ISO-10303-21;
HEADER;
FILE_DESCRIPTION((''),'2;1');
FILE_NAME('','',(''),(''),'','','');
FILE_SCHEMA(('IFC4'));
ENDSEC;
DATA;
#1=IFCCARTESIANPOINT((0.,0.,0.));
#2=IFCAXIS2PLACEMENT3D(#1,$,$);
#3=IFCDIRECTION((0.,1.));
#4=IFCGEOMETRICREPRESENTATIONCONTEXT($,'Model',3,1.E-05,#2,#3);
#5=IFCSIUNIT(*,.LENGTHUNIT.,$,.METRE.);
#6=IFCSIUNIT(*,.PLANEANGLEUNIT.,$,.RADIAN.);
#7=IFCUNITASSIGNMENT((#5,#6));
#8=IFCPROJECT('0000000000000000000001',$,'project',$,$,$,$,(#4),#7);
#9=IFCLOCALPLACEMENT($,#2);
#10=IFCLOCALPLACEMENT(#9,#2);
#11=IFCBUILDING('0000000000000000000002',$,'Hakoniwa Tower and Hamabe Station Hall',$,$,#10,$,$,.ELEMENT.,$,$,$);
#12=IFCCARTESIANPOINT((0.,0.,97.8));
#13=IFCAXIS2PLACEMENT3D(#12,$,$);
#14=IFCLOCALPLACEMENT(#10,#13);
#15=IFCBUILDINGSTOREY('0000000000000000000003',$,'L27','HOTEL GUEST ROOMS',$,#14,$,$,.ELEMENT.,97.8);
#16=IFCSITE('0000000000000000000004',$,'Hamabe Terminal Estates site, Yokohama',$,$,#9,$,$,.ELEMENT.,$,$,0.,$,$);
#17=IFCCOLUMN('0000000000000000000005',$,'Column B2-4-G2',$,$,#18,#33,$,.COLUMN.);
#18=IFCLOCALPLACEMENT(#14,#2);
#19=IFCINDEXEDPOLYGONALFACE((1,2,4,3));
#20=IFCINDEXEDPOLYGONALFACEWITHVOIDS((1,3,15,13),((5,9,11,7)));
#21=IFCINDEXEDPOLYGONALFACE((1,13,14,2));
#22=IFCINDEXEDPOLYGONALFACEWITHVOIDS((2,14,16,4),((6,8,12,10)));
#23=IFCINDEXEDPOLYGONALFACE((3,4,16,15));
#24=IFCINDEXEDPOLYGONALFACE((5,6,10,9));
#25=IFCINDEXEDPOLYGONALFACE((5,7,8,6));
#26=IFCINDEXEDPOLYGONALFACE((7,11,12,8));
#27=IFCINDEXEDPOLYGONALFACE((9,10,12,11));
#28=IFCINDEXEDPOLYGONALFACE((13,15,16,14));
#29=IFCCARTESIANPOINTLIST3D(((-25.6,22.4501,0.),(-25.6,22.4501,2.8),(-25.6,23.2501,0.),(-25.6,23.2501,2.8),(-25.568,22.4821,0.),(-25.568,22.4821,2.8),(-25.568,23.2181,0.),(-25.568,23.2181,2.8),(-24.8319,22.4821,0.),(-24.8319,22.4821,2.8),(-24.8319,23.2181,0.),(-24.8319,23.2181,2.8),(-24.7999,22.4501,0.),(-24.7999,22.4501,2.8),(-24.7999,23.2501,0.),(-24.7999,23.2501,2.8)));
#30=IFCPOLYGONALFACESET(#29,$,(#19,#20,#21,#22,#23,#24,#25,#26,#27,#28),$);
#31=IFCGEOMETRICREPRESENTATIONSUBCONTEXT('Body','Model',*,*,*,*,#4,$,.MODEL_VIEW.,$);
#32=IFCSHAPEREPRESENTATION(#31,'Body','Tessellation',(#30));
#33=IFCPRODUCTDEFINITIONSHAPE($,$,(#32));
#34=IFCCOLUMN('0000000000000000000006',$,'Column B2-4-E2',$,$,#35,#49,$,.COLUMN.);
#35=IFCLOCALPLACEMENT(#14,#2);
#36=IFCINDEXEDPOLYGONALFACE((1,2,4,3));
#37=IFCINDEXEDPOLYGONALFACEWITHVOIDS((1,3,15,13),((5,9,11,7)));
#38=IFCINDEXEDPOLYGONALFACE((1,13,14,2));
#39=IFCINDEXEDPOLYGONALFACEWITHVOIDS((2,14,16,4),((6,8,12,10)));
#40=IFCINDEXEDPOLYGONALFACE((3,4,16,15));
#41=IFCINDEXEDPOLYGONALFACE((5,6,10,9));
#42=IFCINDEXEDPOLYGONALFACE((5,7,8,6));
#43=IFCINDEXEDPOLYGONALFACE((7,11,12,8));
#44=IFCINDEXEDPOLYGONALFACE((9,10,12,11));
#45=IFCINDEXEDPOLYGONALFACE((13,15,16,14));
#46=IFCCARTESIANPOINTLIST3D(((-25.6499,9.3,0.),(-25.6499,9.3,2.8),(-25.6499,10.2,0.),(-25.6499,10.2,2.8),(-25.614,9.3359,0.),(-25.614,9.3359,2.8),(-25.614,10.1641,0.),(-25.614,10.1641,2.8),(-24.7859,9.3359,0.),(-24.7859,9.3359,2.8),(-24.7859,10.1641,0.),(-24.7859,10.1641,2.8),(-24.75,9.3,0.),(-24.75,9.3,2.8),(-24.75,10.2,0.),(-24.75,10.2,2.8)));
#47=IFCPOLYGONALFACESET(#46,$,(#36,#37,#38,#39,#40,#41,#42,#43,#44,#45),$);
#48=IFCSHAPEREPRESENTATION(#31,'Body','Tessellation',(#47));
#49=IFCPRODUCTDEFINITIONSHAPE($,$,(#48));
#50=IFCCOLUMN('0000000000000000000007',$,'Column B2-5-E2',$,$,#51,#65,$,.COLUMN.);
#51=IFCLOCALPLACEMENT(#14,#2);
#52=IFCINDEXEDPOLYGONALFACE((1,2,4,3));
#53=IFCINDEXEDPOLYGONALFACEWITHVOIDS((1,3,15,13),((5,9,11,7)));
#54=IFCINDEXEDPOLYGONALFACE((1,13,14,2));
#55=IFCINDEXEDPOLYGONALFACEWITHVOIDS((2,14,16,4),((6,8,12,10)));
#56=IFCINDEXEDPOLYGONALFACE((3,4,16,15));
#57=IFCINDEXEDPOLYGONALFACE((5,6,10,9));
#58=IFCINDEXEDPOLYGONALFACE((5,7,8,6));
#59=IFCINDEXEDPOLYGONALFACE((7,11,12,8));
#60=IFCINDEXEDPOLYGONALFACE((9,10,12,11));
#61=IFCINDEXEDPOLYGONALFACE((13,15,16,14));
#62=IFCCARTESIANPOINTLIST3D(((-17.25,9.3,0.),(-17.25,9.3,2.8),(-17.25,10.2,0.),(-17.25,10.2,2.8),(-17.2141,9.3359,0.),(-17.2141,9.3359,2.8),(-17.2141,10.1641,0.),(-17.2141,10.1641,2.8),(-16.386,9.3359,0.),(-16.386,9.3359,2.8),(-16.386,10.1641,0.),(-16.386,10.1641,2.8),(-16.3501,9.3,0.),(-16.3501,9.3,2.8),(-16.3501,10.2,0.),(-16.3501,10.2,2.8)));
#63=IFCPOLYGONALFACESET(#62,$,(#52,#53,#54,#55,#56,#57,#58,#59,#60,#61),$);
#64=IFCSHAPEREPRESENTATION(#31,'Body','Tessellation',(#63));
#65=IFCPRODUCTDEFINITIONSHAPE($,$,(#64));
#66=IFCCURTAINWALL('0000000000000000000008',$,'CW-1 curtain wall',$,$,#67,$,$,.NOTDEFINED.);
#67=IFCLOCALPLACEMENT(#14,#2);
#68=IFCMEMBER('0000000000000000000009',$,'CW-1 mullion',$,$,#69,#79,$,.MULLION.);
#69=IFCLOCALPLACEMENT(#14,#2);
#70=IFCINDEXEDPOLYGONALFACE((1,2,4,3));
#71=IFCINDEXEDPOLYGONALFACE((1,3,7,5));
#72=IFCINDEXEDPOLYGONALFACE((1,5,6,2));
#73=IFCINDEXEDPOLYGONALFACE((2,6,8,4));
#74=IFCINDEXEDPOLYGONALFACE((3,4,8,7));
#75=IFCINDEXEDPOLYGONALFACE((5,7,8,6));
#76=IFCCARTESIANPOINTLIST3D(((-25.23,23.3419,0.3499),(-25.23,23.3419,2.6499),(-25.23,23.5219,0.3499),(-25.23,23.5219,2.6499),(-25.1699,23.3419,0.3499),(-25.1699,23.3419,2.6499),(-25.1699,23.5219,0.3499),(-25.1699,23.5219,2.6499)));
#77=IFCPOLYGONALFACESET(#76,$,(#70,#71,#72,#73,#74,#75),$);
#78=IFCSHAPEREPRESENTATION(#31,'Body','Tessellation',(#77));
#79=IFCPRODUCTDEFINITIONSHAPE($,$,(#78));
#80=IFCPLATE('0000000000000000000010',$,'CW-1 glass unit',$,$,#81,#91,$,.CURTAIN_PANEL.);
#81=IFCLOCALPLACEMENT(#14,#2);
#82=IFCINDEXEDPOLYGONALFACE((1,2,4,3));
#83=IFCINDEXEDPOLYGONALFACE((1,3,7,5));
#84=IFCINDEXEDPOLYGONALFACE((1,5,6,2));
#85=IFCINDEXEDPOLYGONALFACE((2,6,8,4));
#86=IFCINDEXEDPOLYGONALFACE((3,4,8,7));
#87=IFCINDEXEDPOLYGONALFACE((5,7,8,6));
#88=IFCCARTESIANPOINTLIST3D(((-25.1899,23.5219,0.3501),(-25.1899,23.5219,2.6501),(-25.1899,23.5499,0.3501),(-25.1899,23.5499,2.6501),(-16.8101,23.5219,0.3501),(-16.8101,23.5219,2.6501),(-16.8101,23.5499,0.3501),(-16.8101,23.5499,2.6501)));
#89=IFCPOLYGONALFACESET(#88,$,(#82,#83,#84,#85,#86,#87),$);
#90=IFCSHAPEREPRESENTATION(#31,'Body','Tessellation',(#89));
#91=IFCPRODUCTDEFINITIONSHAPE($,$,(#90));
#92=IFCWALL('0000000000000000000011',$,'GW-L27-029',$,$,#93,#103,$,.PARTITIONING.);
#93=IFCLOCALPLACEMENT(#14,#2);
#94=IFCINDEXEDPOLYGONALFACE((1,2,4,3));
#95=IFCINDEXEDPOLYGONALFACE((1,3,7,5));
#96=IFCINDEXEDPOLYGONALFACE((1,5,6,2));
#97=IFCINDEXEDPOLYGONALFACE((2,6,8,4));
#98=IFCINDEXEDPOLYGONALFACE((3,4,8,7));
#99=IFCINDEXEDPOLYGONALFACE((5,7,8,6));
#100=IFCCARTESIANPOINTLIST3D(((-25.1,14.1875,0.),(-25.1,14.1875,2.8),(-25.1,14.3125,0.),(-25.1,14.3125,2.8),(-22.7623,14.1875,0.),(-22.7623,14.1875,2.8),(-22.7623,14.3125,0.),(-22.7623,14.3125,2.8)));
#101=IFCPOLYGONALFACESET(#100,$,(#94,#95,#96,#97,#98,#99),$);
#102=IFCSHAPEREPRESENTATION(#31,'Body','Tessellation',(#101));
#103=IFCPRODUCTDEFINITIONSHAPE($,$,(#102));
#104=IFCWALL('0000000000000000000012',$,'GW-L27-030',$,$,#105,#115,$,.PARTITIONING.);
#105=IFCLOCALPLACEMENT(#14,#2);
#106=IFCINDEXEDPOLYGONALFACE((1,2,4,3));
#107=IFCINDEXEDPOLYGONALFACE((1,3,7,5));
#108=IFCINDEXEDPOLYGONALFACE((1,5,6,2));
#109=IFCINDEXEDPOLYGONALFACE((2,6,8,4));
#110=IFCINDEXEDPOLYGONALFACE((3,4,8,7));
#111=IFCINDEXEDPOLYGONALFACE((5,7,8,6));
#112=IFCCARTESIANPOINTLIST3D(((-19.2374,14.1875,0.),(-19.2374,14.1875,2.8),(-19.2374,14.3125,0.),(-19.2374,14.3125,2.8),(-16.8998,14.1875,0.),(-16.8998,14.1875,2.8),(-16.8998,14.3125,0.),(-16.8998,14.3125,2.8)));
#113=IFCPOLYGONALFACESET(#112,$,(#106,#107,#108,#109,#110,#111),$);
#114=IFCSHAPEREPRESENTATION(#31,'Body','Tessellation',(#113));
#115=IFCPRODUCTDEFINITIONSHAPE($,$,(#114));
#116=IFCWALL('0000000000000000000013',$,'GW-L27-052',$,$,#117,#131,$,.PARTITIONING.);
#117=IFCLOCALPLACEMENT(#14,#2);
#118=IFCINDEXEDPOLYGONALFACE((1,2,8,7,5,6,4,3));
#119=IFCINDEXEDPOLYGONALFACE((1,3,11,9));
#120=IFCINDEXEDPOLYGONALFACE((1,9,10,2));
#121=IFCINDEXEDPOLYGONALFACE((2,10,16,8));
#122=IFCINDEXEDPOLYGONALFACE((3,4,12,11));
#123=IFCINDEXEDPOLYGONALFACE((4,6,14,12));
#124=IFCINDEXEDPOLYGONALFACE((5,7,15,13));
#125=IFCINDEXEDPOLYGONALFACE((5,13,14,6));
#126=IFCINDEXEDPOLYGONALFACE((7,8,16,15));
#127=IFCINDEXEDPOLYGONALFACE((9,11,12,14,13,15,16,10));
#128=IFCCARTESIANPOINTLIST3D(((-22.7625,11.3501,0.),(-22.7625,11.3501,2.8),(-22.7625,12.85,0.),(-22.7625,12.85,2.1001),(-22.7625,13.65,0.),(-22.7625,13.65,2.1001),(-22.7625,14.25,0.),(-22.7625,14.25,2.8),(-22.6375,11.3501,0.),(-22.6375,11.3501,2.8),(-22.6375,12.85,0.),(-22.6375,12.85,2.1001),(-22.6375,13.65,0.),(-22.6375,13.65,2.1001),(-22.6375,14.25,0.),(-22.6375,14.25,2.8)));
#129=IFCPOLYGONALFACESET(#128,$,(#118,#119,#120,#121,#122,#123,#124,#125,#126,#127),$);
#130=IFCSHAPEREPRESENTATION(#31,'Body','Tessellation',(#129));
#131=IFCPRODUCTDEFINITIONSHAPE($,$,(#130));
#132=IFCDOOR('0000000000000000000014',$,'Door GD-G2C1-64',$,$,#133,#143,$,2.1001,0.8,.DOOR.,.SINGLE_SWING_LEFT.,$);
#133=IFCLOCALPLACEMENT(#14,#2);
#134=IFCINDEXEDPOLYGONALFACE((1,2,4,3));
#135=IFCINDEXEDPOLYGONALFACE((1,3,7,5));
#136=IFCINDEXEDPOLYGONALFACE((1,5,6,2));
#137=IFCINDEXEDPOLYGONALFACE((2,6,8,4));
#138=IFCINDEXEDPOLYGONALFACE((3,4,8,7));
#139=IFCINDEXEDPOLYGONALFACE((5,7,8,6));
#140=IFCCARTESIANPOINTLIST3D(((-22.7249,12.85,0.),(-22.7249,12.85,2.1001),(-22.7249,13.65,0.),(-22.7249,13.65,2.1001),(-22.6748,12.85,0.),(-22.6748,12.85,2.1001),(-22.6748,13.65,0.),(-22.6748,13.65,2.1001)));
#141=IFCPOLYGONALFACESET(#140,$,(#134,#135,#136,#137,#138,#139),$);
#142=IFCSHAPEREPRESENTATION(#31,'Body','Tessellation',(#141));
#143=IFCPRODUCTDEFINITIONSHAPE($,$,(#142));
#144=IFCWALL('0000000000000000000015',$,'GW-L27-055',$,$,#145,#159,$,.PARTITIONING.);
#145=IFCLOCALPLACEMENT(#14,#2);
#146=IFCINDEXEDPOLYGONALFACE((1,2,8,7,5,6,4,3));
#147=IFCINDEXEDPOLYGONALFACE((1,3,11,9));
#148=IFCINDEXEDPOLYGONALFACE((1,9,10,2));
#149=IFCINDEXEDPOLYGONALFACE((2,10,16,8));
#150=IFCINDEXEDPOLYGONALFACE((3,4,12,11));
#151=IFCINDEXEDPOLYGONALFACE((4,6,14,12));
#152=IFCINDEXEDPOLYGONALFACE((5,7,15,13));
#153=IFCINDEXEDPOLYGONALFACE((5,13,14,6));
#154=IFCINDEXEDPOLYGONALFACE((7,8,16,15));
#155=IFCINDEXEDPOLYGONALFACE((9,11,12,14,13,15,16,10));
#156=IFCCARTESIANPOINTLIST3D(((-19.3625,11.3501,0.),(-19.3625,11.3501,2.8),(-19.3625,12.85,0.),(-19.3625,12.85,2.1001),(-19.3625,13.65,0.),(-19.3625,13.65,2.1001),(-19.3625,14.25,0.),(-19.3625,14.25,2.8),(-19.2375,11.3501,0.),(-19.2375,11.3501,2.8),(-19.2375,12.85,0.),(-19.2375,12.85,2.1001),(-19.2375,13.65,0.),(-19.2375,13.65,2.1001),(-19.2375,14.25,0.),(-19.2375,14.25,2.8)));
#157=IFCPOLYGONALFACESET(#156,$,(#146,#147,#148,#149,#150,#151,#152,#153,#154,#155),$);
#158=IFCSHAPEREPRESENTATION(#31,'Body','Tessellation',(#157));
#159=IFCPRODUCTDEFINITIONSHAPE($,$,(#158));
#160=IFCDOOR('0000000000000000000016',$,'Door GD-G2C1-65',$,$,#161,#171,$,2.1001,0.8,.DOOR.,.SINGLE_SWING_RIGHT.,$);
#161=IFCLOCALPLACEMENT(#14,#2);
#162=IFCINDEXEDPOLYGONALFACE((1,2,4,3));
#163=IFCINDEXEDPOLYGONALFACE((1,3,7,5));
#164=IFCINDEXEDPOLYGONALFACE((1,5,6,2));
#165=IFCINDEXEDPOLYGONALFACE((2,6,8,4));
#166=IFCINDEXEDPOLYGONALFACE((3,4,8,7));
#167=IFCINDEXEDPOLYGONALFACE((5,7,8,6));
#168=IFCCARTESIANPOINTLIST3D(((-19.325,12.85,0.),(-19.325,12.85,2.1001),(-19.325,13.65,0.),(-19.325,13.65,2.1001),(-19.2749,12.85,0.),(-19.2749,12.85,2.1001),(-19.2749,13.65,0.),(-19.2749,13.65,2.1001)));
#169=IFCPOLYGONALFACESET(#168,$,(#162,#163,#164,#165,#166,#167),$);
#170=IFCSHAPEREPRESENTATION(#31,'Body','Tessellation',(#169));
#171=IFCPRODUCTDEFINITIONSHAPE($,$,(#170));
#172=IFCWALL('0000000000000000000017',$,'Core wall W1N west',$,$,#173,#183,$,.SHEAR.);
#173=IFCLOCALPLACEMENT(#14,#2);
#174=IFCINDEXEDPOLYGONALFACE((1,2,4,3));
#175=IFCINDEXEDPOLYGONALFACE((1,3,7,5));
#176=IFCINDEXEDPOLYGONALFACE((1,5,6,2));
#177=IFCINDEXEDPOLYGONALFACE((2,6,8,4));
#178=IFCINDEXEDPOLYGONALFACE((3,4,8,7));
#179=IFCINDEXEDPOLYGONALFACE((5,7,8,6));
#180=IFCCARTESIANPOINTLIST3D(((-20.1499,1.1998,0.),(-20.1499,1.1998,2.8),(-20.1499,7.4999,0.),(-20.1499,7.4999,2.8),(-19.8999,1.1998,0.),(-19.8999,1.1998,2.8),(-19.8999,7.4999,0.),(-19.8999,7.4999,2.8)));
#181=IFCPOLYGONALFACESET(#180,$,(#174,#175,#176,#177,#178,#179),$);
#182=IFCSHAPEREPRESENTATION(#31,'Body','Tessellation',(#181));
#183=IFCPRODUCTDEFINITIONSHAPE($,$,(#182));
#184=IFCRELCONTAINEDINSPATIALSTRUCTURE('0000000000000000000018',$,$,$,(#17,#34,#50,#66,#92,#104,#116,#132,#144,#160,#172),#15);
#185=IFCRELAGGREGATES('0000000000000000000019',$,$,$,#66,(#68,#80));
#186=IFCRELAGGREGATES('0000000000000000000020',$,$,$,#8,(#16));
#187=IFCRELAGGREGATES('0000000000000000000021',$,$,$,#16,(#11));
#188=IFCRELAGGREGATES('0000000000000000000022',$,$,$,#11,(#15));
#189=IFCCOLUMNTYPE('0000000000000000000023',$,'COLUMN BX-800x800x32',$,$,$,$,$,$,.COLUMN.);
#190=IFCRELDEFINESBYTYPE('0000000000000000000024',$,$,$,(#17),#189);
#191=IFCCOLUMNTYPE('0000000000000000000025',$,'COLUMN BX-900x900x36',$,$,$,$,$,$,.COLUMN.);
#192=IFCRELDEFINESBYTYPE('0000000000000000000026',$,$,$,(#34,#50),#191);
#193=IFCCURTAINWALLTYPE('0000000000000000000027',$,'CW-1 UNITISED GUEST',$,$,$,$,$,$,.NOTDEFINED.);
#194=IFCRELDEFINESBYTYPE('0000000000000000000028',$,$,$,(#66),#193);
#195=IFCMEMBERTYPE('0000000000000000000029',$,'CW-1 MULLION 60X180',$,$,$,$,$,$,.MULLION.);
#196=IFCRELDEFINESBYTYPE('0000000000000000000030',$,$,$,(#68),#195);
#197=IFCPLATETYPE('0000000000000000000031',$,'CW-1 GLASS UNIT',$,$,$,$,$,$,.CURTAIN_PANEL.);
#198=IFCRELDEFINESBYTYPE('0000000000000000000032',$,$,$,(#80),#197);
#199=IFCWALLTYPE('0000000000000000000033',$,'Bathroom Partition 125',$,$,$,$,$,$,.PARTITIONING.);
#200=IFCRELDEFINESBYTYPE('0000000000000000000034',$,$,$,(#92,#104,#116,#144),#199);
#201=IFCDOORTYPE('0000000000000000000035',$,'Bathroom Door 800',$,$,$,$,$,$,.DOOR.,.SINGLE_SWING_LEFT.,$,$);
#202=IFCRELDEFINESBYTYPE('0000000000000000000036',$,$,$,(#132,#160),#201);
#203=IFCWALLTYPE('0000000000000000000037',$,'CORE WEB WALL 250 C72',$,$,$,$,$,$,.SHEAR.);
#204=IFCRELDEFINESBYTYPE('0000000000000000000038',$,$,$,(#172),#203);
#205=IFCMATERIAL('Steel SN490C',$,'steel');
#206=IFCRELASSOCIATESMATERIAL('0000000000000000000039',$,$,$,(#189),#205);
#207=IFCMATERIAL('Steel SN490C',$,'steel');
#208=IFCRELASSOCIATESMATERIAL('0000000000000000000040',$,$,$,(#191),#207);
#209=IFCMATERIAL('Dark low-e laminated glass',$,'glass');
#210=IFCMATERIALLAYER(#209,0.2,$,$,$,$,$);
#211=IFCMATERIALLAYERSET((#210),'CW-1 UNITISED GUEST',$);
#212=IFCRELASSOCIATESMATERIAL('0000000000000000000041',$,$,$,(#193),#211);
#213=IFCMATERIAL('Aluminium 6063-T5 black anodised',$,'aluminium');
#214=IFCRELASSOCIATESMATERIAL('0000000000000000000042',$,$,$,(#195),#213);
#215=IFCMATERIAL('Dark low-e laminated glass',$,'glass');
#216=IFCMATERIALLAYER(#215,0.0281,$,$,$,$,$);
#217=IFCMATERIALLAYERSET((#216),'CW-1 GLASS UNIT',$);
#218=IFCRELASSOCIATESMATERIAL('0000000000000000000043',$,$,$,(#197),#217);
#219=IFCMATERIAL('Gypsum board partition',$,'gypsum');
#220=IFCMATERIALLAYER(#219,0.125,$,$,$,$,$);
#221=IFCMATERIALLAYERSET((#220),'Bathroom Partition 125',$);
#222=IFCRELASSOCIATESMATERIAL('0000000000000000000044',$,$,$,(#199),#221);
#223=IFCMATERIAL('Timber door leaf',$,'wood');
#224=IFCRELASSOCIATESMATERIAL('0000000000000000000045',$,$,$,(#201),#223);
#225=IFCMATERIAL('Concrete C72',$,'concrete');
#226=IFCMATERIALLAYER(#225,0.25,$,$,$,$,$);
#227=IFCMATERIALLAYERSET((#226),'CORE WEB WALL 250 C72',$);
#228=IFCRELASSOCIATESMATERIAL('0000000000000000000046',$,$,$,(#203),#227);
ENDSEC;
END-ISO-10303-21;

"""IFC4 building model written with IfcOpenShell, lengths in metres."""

from ifc_helpers import new_model, si_unit, direction, frame, frame_2d, origin, origin_2d, place, context, subcontext, project, spatial, rectangle, hollow_rectangle, extrude, material, layer, layer_set, material_profile, profile_set, type_object, element, fill, aggregate, save


model = new_model("IFC4")

# Units and contexts
model_context = context("Model", 3, precision=1e-05, world=origin(), true_north=direction((0.0, 1.0)))
body_context = subcontext(model_context, "Body", "Model", "MODEL_VIEW")
ifc_project = project(units=[si_unit("LENGTHUNIT", "METRE"), si_unit("PLANEANGLEUNIT", "RADIAN")], contexts=[model_context])

# Site, building, storey
site_placement = place(None, origin())
site = spatial("IfcSite", under=ifc_project, at=site_placement, Name="Hamabe Terminal Estates site, Yokohama", CompositionType="ELEMENT", RefElevation=0.0)
building_placement = place(site_placement, origin())
building = spatial("IfcBuilding", under=site, at=building_placement, Name="Hakoniwa Tower and Hamabe Station Hall", CompositionType="ELEMENT")
storey_placement = place(building_placement, frame((0.0, 0.0, 97.8)))
storey = spatial("IfcBuildingStorey", under=building, at=storey_placement, Name="L27", Description="HOTEL GUEST ROOMS", CompositionType="ELEMENT", Elevation=97.8)

# Columns
ifc_material_1 = material(Name="Steel SN490C", Category="steel")
ifc_material_profile_1 = material_profile(ifc_material_1, hollow_rectangle(XDim=0.8, YDim=0.8, WallThickness=0.032, at=origin_2d()), Name="BX-800x800x32")
ifc_profile_set_1 = profile_set([ifc_material_profile_1], Name="Steel SN490C")
column_type_1 = type_object("IfcColumnType", Name="COLUMN BX-800x800x32", PredefinedType="COLUMN", material=ifc_profile_set_1)
column_placement = place(storey_placement, frame((-25.2, 22.8501, 0.0), z_axis=(0.0, 0.0, 1.0), x_axis=(1.0, 0.0, 0.0)))
element("IfcColumn", 1, at=column_placement, inside=storey, type_object=column_type_1, Name="Column B2-4-G2", PredefinedType="COLUMN", context=body_context, shape_type="SweptSolid", body=[
    extrude(hollow_rectangle(XDim=0.8, YDim=0.8, WallThickness=0.032, at=origin_2d()), origin(), (0.0, 0.0, 1.0), 2.8),
])
ifc_material_2 = material(Name="Steel SN490C", Category="steel")
ifc_material_profile_2 = material_profile(ifc_material_2, hollow_rectangle(XDim=0.8999, YDim=0.8999, WallThickness=0.0359, at=origin_2d()), Name="BX-900x900x36")
ifc_profile_set_2 = profile_set([ifc_material_profile_2], Name="Steel SN490C")
column_type_2 = type_object("IfcColumnType", Name="COLUMN BX-900x900x36", PredefinedType="COLUMN", material=ifc_profile_set_2)
for number, where, z_axis, x_axis, name in (
    (2, (-25.2, 9.75, 0.0), (0.0, 0.0, 1.0), (1.0, 0.0, 0.0), "Column B2-4-E2"),
    (3, (-16.8, 9.75, 0.0), (0.0, 0.0, 1.0), (1.0, 0.0, 0.0), "Column B2-5-E2"),
):
    element("IfcColumn", number, at=place(storey_placement, frame(where, z_axis=z_axis, x_axis=x_axis)), inside=storey, type_object=column_type_2, Name=name, PredefinedType="COLUMN", context=body_context, shape_type="SweptSolid", body=[
        extrude(hollow_rectangle(XDim=0.8999, YDim=0.8999, WallThickness=0.0359, at=origin_2d()), origin(), (0.0, 0.0, 1.0), 2.8),
    ])

# Curtain wall, member, plate
ifc_material_3 = material(Name="Dark low-e laminated glass", Category="glass")
ifc_layer_1 = layer(ifc_material_3, 0.2)
ifc_layer_set_1 = layer_set([ifc_layer_1], Name="CW-1 UNITISED GUEST")
curtain_wall_type = type_object("IfcCurtainWallType", Name="CW-1 UNITISED GUEST", PredefinedType="NOTDEFINED", material=ifc_layer_set_1)
curtain_wall_placement = place(storey_placement, origin())
curtain_wall = element("IfcCurtainWall", 4, at=curtain_wall_placement, inside=storey, type_object=curtain_wall_type, Name="CW-1 curtain wall", PredefinedType="NOTDEFINED")
ifc_material_4 = material(Name="Aluminium 6063-T5 black anodised", Category="aluminium")
ifc_material_profile_3 = material_profile(ifc_material_4, rectangle(XDim=0.0601, YDim=0.1799, at=origin_2d()), Name="CW-1 MULLION 60X180")
ifc_profile_set_3 = profile_set([ifc_material_profile_3], Name="Aluminium 6063-T5 black anodised")
member_type = type_object("IfcMemberType", Name="CW-1 MULLION 60X180", PredefinedType="MULLION", material=ifc_profile_set_3)
member_placement = place(storey_placement, frame((-25.2, 23.4319, 0.3499), z_axis=(0.0, 0.0, 1.0), x_axis=(-1.0, 0.0, 0.0)))
member = element("IfcMember", 5, at=member_placement, type_object=member_type, Name="CW-1 mullion", PredefinedType="MULLION", context=body_context, shape_type="SweptSolid", body=[
    extrude(rectangle(XDim=0.0601, YDim=0.1799, at=origin_2d()), origin(), (0.0, 0.0, 1.0), 2.3),
])
ifc_material_5 = material(Name="Dark low-e laminated glass", Category="glass")
ifc_layer_2 = layer(ifc_material_5, 0.0281)
ifc_layer_set_2 = layer_set([ifc_layer_2], Name="CW-1 GLASS UNIT")
plate_type = type_object("IfcPlateType", Name="CW-1 GLASS UNIT", PredefinedType="CURTAIN_PANEL", material=ifc_layer_set_2)
plate_placement = place(storey_placement, frame((-21.0, 23.5359, 0.3501), z_axis=(0.0, 0.0, 1.0), x_axis=(-1.0, 0.0, 0.0)))
plate = element("IfcPlate", 6, at=plate_placement, type_object=plate_type, Name="CW-1 glass unit", PredefinedType="CURTAIN_PANEL", context=body_context, shape_type="SweptSolid", body=[
    extrude(rectangle(XDim=8.3799, YDim=0.0281, at=origin_2d()), origin(), (0.0, 0.0, 1.0), 2.3),
])
aggregate(curtain_wall, [member, plate])

# Walls
ifc_material_6 = material(Name="Gypsum board partition", Category="gypsum")
ifc_layer_3 = layer(ifc_material_6, 0.125)
ifc_layer_set_3 = layer_set([ifc_layer_3], Name="Bathroom Partition 125")
wall_type_1 = type_object("IfcWallType", Name="Bathroom Partition 125", PredefinedType="PARTITIONING", material=ifc_layer_set_3)
for number, where, z_axis, x_axis, name in (
    (7, (-25.1001, 14.25, 0.0), (0.0, 0.0, 1.0), (1.0, 0.0, 0.0), "GW-L27-029"),
    (8, (-19.2375, 14.25, 0.0), (0.0, 0.0, 1.0), (1.0, 0.0, 0.0), "GW-L27-030"),
):
    element("IfcWall", number, at=place(storey_placement, frame(where, z_axis=z_axis, x_axis=x_axis)), inside=storey, type_object=wall_type_1, Name=name, PredefinedType="PARTITIONING", context=body_context, shape_type="SweptSolid", body=[
        extrude(rectangle(XDim=2.3376, YDim=0.125, at=frame_2d((1.1689, 0.0))), origin(), (0.0, 0.0, 1.0), 2.8),
    ])

# Walls, openings, doors
wall_1_placement = place(storey_placement, frame((-22.7, 11.3501, 0.0), z_axis=(0.0, 0.0, 1.0), x_axis=(0.0, 1.0, 0.0)))
wall_1 = element("IfcWall", 9, at=wall_1_placement, inside=storey, type_object=wall_type_1, Name="GW-L27-052", PredefinedType="PARTITIONING", context=body_context, shape_type="SweptSolid", body=[
    extrude(rectangle(XDim=2.8999, YDim=0.125, at=frame_2d((1.45, 0.0))), origin(), (0.0, 0.0, 1.0), 2.8),
])
opening_1_placement = place(wall_1_placement, frame((1.5, 0.0, 0.0)))
opening_1 = element("IfcOpeningElement", 10, at=opening_1_placement, cuts=wall_1, PredefinedType="OPENING", context=body_context, shape_type="SweptSolid", body=[
    extrude(rectangle(XDim=0.8, YDim=2.1001, at=frame_2d((0.3999, 1.05))), frame((0.0, 0.0725, 0.0), z_axis=(0.0, -1.0, 0.0), x_axis=(1.0, 0.0, 0.0)), (0.0, 0.0, 1.0), 0.145),
])
ifc_material_7 = material(Name="Timber door leaf", Category="wood")
door_type_1 = type_object("IfcDoorType", Name="Bathroom Door 800", OperationType="SINGLE_SWING_LEFT", PredefinedType="DOOR", material=ifc_material_7)
door_1_placement = place(opening_1_placement, origin())
door_1 = element("IfcDoor", 11, at=door_1_placement, inside=storey, type_object=door_type_1, Name="Door GD-G2C1-64", OperationType="SINGLE_SWING_LEFT", OverallHeight=2.1001, OverallWidth=0.8, PredefinedType="DOOR", context=body_context, shape_type="SweptSolid", body=[
    extrude(rectangle(XDim=0.8, YDim=2.1001, at=frame_2d((0.3999, 1.05))), frame((0.0, 0.0249, 0.0), z_axis=(0.0, -1.0, 0.0), x_axis=(1.0, 0.0, 0.0)), (0.0, 0.0, 1.0), 0.05),
])
fill(opening_1, door_1)
wall_2_placement = place(storey_placement, frame((-19.3, 11.3501, 0.0), z_axis=(0.0, 0.0, 1.0), x_axis=(0.0, 1.0, 0.0)))
wall_2 = element("IfcWall", 12, at=wall_2_placement, inside=storey, type_object=wall_type_1, Name="GW-L27-055", PredefinedType="PARTITIONING", context=body_context, shape_type="SweptSolid", body=[
    extrude(rectangle(XDim=2.8999, YDim=0.125, at=frame_2d((1.45, 0.0))), origin(), (0.0, 0.0, 1.0), 2.8),
])
opening_2_placement = place(wall_2_placement, frame((1.5, 0.0, 0.0)))
opening_2 = element("IfcOpeningElement", 13, at=opening_2_placement, cuts=wall_2, PredefinedType="OPENING", context=body_context, shape_type="SweptSolid", body=[
    extrude(rectangle(XDim=0.8, YDim=2.1001, at=frame_2d((0.3999, 1.05))), frame((0.0, 0.0725, 0.0), z_axis=(0.0, -1.0, 0.0), x_axis=(1.0, 0.0, 0.0)), (0.0, 0.0, 1.0), 0.145),
])
door_2_placement = place(opening_2_placement, origin())
door_2 = element("IfcDoor", 14, at=door_2_placement, inside=storey, type_object=door_type_1, Name="Door GD-G2C1-65", OperationType="SINGLE_SWING_RIGHT", OverallHeight=2.1001, OverallWidth=0.8, PredefinedType="DOOR", context=body_context, shape_type="SweptSolid", body=[
    extrude(rectangle(XDim=0.8, YDim=2.1001, at=frame_2d((0.3999, 1.05))), frame((0.0, 0.0249, 0.0), z_axis=(0.0, -1.0, 0.0), x_axis=(1.0, 0.0, 0.0)), (0.0, 0.0, 1.0), 0.05),
])
fill(opening_2, door_2)

# Wall
ifc_material_8 = material(Name="Concrete C72", Category="concrete")
ifc_layer_4 = layer(ifc_material_8, 0.25)
ifc_layer_set_4 = layer_set([ifc_layer_4], Name="CORE WEB WALL 250 C72")
wall_type_2 = type_object("IfcWallType", Name="CORE WEB WALL 250 C72", PredefinedType="SHEAR", material=ifc_layer_set_4)
wall_3_placement = place(storey_placement, frame((-20.0249, 1.2, 0.0), z_axis=(0.0, 0.0, 1.0), x_axis=(0.0, 1.0, 0.0)))
element("IfcWall", 15, at=wall_3_placement, inside=storey, type_object=wall_type_2, Name="Core wall W1N west", PredefinedType="SHEAR", context=body_context, shape_type="SweptSolid", body=[
    extrude(rectangle(XDim=6.3, YDim=0.25, at=frame_2d((3.1499, 0.0))), origin(), (0.0, 0.0, 1.0), 2.8),
])

save(model, "model.ifc")
